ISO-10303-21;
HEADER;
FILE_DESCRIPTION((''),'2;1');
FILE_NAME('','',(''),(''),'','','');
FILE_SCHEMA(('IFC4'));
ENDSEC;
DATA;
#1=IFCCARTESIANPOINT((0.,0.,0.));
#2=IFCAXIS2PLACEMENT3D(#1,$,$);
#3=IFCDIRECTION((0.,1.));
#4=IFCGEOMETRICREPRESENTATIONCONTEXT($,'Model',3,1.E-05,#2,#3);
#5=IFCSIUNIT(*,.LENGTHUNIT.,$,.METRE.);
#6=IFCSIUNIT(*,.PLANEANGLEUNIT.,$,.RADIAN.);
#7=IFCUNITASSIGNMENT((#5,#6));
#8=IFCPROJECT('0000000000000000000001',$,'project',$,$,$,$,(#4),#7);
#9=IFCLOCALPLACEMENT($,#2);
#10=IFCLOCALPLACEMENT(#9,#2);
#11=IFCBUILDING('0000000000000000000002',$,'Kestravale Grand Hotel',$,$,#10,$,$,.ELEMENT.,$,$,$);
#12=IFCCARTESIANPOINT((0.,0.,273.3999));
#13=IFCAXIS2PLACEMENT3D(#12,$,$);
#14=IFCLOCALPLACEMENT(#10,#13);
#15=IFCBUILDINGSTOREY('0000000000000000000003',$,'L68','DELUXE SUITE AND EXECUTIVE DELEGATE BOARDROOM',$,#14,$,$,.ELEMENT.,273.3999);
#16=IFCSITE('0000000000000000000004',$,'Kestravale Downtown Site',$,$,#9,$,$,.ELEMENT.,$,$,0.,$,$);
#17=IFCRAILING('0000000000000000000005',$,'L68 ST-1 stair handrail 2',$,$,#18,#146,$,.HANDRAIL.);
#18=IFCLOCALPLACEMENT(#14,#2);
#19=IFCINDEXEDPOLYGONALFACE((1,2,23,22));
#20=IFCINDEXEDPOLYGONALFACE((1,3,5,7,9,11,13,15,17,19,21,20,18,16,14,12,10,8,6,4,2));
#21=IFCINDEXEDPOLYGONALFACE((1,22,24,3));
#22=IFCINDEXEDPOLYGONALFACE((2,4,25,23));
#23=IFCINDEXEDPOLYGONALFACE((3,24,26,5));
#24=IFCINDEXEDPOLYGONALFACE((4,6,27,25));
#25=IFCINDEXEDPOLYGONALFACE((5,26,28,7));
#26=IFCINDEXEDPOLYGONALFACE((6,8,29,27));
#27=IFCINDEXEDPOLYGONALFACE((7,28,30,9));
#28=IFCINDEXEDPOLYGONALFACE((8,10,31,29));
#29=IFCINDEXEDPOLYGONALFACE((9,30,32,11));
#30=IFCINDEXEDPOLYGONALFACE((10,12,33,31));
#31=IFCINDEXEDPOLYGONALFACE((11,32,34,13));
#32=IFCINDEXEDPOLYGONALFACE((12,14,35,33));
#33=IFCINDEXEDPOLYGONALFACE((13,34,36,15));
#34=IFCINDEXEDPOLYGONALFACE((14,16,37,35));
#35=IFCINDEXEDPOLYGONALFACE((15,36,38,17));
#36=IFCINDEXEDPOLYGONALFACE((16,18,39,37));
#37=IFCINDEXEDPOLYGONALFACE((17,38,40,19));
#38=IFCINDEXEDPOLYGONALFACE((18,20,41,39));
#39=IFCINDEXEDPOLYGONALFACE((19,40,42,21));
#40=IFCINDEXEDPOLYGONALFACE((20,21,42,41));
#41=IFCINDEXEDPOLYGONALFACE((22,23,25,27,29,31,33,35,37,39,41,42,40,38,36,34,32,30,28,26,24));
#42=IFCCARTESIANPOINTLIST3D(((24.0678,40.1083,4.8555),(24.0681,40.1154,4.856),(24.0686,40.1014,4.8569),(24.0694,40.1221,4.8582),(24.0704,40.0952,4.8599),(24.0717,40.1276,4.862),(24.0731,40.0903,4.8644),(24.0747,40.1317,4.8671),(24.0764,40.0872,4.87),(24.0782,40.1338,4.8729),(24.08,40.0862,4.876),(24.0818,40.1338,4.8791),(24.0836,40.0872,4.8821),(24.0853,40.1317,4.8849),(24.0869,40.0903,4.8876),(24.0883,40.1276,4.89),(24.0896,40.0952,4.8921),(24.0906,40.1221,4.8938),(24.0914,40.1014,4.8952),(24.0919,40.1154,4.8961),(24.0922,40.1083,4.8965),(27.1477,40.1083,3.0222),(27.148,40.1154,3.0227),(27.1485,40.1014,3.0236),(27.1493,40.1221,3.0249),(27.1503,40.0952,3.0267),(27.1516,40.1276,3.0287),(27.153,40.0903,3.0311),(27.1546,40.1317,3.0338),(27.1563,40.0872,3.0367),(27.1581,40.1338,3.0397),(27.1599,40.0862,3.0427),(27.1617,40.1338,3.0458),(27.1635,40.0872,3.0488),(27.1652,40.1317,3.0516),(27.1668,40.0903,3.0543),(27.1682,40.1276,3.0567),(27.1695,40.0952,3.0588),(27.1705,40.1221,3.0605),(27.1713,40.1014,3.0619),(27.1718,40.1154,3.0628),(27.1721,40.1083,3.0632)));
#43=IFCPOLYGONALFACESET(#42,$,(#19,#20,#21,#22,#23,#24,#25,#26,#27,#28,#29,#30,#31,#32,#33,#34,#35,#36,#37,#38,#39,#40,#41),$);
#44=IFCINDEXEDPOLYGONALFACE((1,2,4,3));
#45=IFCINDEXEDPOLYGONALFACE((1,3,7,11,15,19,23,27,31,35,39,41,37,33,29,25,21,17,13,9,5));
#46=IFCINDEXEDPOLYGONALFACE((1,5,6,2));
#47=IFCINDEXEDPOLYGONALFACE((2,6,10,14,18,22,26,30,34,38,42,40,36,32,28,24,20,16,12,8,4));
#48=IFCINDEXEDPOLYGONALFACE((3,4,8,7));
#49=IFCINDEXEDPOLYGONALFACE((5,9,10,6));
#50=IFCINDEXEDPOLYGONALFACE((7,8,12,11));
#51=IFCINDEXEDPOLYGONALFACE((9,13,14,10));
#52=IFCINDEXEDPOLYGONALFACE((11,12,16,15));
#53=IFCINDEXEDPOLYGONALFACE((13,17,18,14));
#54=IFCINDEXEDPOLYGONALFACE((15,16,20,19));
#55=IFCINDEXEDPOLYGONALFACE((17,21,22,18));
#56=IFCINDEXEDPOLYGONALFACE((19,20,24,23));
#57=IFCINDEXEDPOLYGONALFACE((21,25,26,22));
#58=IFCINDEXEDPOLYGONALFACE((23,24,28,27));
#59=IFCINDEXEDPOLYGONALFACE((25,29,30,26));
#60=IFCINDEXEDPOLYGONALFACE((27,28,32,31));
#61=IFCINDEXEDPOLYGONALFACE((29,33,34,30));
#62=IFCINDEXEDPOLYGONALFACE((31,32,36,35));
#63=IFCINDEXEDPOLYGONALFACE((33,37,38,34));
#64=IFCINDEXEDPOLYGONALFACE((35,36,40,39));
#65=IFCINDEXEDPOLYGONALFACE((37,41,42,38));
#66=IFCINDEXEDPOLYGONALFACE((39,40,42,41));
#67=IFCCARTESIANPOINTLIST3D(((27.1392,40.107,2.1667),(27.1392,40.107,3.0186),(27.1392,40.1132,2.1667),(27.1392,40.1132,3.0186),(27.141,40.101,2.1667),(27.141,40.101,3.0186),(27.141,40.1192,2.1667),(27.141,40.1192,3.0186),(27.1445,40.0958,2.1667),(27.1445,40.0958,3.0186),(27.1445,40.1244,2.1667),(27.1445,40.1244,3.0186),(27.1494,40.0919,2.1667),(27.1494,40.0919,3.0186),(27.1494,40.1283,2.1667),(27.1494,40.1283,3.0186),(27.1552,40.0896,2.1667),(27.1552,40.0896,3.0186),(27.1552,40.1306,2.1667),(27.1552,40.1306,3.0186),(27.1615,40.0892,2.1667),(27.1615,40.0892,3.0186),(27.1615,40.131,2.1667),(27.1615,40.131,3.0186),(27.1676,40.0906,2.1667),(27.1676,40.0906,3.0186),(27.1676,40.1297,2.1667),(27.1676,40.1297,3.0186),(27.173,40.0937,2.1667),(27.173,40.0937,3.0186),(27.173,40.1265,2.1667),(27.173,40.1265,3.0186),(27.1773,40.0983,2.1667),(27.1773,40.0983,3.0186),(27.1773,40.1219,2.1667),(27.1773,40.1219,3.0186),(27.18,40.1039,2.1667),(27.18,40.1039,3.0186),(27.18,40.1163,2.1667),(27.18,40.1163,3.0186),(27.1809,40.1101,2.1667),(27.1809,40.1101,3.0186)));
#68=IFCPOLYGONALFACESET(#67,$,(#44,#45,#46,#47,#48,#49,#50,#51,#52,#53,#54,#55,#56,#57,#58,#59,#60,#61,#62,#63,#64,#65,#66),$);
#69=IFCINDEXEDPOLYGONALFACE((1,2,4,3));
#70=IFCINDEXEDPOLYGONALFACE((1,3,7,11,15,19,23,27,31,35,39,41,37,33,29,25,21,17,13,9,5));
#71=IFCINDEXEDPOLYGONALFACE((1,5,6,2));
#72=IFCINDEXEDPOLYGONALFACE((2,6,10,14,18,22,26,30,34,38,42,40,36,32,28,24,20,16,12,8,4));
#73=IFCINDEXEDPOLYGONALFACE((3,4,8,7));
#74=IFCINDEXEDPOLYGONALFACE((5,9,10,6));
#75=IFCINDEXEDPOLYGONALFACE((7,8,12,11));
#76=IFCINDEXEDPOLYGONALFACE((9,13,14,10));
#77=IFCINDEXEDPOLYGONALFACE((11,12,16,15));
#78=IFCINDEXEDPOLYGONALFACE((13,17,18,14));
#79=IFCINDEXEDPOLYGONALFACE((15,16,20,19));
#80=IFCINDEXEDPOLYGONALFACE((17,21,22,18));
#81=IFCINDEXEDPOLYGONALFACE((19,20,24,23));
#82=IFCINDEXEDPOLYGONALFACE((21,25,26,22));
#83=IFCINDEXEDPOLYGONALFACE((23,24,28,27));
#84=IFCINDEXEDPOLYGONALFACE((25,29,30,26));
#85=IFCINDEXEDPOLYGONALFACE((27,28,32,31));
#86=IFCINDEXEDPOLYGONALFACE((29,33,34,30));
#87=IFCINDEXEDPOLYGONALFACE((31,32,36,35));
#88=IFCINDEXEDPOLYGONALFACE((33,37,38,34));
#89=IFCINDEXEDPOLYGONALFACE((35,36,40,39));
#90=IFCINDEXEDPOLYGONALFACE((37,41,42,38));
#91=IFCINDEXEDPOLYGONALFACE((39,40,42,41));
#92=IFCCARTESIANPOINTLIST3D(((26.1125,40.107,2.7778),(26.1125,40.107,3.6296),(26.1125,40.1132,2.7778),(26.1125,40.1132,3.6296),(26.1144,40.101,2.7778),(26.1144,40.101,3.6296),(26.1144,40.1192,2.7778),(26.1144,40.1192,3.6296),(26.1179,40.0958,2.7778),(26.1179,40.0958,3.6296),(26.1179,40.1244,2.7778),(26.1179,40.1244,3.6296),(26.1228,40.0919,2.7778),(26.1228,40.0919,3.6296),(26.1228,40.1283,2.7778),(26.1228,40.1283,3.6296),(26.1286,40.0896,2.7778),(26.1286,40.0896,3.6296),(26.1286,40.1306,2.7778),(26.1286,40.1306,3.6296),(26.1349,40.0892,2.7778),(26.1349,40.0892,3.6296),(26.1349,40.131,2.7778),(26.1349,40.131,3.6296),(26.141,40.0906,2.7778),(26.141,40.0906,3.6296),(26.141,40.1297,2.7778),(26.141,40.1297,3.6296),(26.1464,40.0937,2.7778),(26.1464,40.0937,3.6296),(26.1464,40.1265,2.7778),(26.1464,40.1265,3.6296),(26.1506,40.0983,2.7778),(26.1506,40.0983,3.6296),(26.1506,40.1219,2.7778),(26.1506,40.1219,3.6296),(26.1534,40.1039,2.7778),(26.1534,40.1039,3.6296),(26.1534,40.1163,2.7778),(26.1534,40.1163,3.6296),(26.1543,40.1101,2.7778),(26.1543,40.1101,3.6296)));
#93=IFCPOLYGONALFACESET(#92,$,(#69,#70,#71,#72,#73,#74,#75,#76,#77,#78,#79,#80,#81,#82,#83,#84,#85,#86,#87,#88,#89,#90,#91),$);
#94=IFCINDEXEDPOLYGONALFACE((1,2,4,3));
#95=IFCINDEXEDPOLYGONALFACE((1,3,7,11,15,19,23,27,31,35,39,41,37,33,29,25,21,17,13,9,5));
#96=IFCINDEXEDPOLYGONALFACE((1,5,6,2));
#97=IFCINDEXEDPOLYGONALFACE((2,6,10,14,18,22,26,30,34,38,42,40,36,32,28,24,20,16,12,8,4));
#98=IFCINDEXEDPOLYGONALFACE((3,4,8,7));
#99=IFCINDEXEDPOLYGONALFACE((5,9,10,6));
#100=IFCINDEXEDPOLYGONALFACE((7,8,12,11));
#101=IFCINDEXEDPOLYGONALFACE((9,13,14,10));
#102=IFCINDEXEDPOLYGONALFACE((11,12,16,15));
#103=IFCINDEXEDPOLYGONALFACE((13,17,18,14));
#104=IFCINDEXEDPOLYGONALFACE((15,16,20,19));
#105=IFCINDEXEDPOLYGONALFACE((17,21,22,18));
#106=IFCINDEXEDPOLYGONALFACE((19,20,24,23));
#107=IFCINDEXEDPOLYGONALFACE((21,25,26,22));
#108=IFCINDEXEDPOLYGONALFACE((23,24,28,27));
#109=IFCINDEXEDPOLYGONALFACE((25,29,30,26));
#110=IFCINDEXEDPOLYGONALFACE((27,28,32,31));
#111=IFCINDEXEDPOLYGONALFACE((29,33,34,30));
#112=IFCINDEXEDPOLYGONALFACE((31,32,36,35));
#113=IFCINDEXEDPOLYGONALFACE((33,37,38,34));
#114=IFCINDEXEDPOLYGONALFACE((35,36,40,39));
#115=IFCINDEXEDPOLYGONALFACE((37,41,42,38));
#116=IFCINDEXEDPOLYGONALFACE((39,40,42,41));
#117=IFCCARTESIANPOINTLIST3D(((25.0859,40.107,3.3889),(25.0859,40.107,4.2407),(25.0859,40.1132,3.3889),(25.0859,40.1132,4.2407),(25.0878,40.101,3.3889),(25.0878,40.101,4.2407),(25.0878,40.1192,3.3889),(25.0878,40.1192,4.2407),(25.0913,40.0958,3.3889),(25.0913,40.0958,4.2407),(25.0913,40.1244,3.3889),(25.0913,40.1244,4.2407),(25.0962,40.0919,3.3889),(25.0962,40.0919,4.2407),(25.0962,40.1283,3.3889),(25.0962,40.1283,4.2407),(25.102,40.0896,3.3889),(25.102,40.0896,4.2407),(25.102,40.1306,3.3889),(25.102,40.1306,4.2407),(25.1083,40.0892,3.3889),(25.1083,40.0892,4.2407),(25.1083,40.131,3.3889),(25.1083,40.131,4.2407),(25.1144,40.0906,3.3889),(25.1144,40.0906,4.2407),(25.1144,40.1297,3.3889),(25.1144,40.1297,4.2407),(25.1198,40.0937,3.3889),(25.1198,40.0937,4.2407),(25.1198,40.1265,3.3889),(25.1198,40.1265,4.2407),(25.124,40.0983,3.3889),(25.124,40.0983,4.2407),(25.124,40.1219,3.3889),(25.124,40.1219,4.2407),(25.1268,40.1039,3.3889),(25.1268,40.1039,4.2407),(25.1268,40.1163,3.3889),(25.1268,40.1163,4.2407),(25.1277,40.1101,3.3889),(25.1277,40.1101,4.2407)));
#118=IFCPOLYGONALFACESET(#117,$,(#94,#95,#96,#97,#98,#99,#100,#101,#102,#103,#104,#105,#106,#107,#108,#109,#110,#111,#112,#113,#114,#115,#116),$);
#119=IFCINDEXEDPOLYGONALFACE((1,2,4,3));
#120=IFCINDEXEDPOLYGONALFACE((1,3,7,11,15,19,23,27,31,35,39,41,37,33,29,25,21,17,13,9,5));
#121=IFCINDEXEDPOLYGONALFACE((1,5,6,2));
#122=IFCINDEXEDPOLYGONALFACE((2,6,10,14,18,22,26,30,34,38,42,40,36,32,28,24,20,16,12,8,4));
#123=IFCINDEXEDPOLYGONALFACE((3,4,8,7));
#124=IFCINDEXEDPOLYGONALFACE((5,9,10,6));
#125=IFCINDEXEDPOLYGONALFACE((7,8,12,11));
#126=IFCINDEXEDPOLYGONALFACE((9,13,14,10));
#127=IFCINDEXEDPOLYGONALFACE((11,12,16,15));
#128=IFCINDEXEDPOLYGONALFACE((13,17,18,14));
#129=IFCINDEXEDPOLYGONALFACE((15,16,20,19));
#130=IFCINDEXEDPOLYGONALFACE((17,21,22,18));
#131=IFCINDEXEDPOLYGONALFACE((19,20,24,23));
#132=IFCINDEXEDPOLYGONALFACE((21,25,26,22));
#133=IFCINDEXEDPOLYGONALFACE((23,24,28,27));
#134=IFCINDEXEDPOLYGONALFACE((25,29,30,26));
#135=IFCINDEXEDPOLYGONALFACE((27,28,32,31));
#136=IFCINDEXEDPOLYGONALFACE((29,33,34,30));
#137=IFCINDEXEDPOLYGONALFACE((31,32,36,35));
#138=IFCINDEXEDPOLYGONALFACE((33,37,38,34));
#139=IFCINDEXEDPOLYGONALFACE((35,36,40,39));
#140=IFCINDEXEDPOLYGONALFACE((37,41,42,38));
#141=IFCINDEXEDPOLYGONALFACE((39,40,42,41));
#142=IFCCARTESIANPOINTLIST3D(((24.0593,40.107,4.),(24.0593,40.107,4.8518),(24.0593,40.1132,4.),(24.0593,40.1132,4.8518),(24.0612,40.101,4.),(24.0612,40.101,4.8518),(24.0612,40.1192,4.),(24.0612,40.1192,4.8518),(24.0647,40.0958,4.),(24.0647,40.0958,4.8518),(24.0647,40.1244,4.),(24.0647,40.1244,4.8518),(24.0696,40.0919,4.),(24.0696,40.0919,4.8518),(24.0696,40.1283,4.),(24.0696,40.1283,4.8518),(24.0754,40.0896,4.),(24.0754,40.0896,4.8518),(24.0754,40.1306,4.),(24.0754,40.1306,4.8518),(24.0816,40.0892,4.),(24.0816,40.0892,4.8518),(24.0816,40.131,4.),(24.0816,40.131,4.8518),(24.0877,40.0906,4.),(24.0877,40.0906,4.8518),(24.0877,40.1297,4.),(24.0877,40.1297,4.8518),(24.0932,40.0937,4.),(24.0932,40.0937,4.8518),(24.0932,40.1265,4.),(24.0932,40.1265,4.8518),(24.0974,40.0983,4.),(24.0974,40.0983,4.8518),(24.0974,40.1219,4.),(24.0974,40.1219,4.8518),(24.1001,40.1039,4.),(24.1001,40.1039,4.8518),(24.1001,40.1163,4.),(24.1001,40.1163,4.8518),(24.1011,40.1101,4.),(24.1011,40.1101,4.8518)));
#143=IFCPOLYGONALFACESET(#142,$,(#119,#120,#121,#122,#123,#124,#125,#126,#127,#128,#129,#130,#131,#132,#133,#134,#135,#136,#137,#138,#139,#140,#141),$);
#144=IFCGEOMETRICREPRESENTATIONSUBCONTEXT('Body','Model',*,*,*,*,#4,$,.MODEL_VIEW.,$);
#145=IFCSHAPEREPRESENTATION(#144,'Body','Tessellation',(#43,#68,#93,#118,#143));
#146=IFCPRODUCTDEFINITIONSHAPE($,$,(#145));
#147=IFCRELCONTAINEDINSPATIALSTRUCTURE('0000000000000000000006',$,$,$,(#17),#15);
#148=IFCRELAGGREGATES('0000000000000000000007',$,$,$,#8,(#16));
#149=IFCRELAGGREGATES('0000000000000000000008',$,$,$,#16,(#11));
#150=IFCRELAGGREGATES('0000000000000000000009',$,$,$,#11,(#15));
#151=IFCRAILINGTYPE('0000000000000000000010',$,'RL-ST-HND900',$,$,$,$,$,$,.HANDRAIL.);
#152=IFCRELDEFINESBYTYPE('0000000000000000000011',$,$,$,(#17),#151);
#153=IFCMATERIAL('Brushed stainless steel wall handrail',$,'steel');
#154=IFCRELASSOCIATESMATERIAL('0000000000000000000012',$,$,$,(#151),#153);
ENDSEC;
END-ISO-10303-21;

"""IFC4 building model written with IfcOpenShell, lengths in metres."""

from ifc_helpers import new_model, si_unit, direction, frame, origin, origin_2d, place, context, subcontext, project, spatial, circle, extrude, material, type_object, element, save


model = new_model("IFC4")

# Units and contexts
model_context = context("Model", 3, precision=1e-05, world=origin(), true_north=direction((0.0, 1.0)))
body_context = subcontext(model_context, "Body", "Model", "MODEL_VIEW")
ifc_project = project(units=[si_unit("LENGTHUNIT", "METRE"), si_unit("PLANEANGLEUNIT", "RADIAN")], contexts=[model_context])

# Site, building, storey
site_placement = place(None, origin())
site = spatial("IfcSite", under=ifc_project, at=site_placement, Name="Kestravale Downtown Site", CompositionType="ELEMENT", RefElevation=0.0)
building_placement = place(site_placement, origin())
building = spatial("IfcBuilding", under=site, at=building_placement, Name="Kestravale Grand Hotel", CompositionType="ELEMENT")
storey_placement = place(building_placement, frame((0.0, 0.0, 273.3999)))
storey = spatial("IfcBuildingStorey", under=building, at=storey_placement, Name="L68", Description="DELUXE SUITE AND EXECUTIVE DELEGATE BOARDROOM", CompositionType="ELEMENT", Elevation=273.3999)

# Railing
ifc_material_1 = material(Name="Brushed stainless steel wall handrail", Category="steel")
railing_type_1 = type_object("IfcRailingType", Name="RL-ST-HND900", PredefinedType="HANDRAIL", material=ifc_material_1)
railing_1_placement = place(storey_placement, frame((27.1599, 40.1101, 2.1667)))
element("IfcRailing", 1, at=railing_1_placement, inside=storey, type_object=railing_type_1, Name="L68 ST-1 stair handrail 2", PredefinedType="HANDRAIL", context=body_context, shape_type="SweptSolid", body=[
    extrude(circle(Radius=0.0239, at=origin_2d()), frame((0.0, 0.0, 0.876), z_axis=(-0.859291, 0.0, 0.511487), x_axis=(0.0, -1.0, 0.0)), (0.0, 0.0, 1.0), 3.5842),
    extrude(circle(Radius=0.021, at=origin_2d()), origin(), (0.0, 0.0, 1.0), 0.8518),
    extrude(circle(Radius=0.021, at=origin_2d()), frame((-1.0266, 0.0, 0.6111)), (0.0, 0.0, 1.0), 0.8518),
    extrude(circle(Radius=0.021, at=origin_2d()), frame((-2.0532, 0.0, 1.2222)), (0.0, 0.0, 1.0), 0.8518),
    extrude(circle(Radius=0.021, at=origin_2d()), frame((-3.0798, 0.0, 1.8333)), (0.0, 0.0, 1.0), 0.8518),
])

save(model, "model.ifc")
